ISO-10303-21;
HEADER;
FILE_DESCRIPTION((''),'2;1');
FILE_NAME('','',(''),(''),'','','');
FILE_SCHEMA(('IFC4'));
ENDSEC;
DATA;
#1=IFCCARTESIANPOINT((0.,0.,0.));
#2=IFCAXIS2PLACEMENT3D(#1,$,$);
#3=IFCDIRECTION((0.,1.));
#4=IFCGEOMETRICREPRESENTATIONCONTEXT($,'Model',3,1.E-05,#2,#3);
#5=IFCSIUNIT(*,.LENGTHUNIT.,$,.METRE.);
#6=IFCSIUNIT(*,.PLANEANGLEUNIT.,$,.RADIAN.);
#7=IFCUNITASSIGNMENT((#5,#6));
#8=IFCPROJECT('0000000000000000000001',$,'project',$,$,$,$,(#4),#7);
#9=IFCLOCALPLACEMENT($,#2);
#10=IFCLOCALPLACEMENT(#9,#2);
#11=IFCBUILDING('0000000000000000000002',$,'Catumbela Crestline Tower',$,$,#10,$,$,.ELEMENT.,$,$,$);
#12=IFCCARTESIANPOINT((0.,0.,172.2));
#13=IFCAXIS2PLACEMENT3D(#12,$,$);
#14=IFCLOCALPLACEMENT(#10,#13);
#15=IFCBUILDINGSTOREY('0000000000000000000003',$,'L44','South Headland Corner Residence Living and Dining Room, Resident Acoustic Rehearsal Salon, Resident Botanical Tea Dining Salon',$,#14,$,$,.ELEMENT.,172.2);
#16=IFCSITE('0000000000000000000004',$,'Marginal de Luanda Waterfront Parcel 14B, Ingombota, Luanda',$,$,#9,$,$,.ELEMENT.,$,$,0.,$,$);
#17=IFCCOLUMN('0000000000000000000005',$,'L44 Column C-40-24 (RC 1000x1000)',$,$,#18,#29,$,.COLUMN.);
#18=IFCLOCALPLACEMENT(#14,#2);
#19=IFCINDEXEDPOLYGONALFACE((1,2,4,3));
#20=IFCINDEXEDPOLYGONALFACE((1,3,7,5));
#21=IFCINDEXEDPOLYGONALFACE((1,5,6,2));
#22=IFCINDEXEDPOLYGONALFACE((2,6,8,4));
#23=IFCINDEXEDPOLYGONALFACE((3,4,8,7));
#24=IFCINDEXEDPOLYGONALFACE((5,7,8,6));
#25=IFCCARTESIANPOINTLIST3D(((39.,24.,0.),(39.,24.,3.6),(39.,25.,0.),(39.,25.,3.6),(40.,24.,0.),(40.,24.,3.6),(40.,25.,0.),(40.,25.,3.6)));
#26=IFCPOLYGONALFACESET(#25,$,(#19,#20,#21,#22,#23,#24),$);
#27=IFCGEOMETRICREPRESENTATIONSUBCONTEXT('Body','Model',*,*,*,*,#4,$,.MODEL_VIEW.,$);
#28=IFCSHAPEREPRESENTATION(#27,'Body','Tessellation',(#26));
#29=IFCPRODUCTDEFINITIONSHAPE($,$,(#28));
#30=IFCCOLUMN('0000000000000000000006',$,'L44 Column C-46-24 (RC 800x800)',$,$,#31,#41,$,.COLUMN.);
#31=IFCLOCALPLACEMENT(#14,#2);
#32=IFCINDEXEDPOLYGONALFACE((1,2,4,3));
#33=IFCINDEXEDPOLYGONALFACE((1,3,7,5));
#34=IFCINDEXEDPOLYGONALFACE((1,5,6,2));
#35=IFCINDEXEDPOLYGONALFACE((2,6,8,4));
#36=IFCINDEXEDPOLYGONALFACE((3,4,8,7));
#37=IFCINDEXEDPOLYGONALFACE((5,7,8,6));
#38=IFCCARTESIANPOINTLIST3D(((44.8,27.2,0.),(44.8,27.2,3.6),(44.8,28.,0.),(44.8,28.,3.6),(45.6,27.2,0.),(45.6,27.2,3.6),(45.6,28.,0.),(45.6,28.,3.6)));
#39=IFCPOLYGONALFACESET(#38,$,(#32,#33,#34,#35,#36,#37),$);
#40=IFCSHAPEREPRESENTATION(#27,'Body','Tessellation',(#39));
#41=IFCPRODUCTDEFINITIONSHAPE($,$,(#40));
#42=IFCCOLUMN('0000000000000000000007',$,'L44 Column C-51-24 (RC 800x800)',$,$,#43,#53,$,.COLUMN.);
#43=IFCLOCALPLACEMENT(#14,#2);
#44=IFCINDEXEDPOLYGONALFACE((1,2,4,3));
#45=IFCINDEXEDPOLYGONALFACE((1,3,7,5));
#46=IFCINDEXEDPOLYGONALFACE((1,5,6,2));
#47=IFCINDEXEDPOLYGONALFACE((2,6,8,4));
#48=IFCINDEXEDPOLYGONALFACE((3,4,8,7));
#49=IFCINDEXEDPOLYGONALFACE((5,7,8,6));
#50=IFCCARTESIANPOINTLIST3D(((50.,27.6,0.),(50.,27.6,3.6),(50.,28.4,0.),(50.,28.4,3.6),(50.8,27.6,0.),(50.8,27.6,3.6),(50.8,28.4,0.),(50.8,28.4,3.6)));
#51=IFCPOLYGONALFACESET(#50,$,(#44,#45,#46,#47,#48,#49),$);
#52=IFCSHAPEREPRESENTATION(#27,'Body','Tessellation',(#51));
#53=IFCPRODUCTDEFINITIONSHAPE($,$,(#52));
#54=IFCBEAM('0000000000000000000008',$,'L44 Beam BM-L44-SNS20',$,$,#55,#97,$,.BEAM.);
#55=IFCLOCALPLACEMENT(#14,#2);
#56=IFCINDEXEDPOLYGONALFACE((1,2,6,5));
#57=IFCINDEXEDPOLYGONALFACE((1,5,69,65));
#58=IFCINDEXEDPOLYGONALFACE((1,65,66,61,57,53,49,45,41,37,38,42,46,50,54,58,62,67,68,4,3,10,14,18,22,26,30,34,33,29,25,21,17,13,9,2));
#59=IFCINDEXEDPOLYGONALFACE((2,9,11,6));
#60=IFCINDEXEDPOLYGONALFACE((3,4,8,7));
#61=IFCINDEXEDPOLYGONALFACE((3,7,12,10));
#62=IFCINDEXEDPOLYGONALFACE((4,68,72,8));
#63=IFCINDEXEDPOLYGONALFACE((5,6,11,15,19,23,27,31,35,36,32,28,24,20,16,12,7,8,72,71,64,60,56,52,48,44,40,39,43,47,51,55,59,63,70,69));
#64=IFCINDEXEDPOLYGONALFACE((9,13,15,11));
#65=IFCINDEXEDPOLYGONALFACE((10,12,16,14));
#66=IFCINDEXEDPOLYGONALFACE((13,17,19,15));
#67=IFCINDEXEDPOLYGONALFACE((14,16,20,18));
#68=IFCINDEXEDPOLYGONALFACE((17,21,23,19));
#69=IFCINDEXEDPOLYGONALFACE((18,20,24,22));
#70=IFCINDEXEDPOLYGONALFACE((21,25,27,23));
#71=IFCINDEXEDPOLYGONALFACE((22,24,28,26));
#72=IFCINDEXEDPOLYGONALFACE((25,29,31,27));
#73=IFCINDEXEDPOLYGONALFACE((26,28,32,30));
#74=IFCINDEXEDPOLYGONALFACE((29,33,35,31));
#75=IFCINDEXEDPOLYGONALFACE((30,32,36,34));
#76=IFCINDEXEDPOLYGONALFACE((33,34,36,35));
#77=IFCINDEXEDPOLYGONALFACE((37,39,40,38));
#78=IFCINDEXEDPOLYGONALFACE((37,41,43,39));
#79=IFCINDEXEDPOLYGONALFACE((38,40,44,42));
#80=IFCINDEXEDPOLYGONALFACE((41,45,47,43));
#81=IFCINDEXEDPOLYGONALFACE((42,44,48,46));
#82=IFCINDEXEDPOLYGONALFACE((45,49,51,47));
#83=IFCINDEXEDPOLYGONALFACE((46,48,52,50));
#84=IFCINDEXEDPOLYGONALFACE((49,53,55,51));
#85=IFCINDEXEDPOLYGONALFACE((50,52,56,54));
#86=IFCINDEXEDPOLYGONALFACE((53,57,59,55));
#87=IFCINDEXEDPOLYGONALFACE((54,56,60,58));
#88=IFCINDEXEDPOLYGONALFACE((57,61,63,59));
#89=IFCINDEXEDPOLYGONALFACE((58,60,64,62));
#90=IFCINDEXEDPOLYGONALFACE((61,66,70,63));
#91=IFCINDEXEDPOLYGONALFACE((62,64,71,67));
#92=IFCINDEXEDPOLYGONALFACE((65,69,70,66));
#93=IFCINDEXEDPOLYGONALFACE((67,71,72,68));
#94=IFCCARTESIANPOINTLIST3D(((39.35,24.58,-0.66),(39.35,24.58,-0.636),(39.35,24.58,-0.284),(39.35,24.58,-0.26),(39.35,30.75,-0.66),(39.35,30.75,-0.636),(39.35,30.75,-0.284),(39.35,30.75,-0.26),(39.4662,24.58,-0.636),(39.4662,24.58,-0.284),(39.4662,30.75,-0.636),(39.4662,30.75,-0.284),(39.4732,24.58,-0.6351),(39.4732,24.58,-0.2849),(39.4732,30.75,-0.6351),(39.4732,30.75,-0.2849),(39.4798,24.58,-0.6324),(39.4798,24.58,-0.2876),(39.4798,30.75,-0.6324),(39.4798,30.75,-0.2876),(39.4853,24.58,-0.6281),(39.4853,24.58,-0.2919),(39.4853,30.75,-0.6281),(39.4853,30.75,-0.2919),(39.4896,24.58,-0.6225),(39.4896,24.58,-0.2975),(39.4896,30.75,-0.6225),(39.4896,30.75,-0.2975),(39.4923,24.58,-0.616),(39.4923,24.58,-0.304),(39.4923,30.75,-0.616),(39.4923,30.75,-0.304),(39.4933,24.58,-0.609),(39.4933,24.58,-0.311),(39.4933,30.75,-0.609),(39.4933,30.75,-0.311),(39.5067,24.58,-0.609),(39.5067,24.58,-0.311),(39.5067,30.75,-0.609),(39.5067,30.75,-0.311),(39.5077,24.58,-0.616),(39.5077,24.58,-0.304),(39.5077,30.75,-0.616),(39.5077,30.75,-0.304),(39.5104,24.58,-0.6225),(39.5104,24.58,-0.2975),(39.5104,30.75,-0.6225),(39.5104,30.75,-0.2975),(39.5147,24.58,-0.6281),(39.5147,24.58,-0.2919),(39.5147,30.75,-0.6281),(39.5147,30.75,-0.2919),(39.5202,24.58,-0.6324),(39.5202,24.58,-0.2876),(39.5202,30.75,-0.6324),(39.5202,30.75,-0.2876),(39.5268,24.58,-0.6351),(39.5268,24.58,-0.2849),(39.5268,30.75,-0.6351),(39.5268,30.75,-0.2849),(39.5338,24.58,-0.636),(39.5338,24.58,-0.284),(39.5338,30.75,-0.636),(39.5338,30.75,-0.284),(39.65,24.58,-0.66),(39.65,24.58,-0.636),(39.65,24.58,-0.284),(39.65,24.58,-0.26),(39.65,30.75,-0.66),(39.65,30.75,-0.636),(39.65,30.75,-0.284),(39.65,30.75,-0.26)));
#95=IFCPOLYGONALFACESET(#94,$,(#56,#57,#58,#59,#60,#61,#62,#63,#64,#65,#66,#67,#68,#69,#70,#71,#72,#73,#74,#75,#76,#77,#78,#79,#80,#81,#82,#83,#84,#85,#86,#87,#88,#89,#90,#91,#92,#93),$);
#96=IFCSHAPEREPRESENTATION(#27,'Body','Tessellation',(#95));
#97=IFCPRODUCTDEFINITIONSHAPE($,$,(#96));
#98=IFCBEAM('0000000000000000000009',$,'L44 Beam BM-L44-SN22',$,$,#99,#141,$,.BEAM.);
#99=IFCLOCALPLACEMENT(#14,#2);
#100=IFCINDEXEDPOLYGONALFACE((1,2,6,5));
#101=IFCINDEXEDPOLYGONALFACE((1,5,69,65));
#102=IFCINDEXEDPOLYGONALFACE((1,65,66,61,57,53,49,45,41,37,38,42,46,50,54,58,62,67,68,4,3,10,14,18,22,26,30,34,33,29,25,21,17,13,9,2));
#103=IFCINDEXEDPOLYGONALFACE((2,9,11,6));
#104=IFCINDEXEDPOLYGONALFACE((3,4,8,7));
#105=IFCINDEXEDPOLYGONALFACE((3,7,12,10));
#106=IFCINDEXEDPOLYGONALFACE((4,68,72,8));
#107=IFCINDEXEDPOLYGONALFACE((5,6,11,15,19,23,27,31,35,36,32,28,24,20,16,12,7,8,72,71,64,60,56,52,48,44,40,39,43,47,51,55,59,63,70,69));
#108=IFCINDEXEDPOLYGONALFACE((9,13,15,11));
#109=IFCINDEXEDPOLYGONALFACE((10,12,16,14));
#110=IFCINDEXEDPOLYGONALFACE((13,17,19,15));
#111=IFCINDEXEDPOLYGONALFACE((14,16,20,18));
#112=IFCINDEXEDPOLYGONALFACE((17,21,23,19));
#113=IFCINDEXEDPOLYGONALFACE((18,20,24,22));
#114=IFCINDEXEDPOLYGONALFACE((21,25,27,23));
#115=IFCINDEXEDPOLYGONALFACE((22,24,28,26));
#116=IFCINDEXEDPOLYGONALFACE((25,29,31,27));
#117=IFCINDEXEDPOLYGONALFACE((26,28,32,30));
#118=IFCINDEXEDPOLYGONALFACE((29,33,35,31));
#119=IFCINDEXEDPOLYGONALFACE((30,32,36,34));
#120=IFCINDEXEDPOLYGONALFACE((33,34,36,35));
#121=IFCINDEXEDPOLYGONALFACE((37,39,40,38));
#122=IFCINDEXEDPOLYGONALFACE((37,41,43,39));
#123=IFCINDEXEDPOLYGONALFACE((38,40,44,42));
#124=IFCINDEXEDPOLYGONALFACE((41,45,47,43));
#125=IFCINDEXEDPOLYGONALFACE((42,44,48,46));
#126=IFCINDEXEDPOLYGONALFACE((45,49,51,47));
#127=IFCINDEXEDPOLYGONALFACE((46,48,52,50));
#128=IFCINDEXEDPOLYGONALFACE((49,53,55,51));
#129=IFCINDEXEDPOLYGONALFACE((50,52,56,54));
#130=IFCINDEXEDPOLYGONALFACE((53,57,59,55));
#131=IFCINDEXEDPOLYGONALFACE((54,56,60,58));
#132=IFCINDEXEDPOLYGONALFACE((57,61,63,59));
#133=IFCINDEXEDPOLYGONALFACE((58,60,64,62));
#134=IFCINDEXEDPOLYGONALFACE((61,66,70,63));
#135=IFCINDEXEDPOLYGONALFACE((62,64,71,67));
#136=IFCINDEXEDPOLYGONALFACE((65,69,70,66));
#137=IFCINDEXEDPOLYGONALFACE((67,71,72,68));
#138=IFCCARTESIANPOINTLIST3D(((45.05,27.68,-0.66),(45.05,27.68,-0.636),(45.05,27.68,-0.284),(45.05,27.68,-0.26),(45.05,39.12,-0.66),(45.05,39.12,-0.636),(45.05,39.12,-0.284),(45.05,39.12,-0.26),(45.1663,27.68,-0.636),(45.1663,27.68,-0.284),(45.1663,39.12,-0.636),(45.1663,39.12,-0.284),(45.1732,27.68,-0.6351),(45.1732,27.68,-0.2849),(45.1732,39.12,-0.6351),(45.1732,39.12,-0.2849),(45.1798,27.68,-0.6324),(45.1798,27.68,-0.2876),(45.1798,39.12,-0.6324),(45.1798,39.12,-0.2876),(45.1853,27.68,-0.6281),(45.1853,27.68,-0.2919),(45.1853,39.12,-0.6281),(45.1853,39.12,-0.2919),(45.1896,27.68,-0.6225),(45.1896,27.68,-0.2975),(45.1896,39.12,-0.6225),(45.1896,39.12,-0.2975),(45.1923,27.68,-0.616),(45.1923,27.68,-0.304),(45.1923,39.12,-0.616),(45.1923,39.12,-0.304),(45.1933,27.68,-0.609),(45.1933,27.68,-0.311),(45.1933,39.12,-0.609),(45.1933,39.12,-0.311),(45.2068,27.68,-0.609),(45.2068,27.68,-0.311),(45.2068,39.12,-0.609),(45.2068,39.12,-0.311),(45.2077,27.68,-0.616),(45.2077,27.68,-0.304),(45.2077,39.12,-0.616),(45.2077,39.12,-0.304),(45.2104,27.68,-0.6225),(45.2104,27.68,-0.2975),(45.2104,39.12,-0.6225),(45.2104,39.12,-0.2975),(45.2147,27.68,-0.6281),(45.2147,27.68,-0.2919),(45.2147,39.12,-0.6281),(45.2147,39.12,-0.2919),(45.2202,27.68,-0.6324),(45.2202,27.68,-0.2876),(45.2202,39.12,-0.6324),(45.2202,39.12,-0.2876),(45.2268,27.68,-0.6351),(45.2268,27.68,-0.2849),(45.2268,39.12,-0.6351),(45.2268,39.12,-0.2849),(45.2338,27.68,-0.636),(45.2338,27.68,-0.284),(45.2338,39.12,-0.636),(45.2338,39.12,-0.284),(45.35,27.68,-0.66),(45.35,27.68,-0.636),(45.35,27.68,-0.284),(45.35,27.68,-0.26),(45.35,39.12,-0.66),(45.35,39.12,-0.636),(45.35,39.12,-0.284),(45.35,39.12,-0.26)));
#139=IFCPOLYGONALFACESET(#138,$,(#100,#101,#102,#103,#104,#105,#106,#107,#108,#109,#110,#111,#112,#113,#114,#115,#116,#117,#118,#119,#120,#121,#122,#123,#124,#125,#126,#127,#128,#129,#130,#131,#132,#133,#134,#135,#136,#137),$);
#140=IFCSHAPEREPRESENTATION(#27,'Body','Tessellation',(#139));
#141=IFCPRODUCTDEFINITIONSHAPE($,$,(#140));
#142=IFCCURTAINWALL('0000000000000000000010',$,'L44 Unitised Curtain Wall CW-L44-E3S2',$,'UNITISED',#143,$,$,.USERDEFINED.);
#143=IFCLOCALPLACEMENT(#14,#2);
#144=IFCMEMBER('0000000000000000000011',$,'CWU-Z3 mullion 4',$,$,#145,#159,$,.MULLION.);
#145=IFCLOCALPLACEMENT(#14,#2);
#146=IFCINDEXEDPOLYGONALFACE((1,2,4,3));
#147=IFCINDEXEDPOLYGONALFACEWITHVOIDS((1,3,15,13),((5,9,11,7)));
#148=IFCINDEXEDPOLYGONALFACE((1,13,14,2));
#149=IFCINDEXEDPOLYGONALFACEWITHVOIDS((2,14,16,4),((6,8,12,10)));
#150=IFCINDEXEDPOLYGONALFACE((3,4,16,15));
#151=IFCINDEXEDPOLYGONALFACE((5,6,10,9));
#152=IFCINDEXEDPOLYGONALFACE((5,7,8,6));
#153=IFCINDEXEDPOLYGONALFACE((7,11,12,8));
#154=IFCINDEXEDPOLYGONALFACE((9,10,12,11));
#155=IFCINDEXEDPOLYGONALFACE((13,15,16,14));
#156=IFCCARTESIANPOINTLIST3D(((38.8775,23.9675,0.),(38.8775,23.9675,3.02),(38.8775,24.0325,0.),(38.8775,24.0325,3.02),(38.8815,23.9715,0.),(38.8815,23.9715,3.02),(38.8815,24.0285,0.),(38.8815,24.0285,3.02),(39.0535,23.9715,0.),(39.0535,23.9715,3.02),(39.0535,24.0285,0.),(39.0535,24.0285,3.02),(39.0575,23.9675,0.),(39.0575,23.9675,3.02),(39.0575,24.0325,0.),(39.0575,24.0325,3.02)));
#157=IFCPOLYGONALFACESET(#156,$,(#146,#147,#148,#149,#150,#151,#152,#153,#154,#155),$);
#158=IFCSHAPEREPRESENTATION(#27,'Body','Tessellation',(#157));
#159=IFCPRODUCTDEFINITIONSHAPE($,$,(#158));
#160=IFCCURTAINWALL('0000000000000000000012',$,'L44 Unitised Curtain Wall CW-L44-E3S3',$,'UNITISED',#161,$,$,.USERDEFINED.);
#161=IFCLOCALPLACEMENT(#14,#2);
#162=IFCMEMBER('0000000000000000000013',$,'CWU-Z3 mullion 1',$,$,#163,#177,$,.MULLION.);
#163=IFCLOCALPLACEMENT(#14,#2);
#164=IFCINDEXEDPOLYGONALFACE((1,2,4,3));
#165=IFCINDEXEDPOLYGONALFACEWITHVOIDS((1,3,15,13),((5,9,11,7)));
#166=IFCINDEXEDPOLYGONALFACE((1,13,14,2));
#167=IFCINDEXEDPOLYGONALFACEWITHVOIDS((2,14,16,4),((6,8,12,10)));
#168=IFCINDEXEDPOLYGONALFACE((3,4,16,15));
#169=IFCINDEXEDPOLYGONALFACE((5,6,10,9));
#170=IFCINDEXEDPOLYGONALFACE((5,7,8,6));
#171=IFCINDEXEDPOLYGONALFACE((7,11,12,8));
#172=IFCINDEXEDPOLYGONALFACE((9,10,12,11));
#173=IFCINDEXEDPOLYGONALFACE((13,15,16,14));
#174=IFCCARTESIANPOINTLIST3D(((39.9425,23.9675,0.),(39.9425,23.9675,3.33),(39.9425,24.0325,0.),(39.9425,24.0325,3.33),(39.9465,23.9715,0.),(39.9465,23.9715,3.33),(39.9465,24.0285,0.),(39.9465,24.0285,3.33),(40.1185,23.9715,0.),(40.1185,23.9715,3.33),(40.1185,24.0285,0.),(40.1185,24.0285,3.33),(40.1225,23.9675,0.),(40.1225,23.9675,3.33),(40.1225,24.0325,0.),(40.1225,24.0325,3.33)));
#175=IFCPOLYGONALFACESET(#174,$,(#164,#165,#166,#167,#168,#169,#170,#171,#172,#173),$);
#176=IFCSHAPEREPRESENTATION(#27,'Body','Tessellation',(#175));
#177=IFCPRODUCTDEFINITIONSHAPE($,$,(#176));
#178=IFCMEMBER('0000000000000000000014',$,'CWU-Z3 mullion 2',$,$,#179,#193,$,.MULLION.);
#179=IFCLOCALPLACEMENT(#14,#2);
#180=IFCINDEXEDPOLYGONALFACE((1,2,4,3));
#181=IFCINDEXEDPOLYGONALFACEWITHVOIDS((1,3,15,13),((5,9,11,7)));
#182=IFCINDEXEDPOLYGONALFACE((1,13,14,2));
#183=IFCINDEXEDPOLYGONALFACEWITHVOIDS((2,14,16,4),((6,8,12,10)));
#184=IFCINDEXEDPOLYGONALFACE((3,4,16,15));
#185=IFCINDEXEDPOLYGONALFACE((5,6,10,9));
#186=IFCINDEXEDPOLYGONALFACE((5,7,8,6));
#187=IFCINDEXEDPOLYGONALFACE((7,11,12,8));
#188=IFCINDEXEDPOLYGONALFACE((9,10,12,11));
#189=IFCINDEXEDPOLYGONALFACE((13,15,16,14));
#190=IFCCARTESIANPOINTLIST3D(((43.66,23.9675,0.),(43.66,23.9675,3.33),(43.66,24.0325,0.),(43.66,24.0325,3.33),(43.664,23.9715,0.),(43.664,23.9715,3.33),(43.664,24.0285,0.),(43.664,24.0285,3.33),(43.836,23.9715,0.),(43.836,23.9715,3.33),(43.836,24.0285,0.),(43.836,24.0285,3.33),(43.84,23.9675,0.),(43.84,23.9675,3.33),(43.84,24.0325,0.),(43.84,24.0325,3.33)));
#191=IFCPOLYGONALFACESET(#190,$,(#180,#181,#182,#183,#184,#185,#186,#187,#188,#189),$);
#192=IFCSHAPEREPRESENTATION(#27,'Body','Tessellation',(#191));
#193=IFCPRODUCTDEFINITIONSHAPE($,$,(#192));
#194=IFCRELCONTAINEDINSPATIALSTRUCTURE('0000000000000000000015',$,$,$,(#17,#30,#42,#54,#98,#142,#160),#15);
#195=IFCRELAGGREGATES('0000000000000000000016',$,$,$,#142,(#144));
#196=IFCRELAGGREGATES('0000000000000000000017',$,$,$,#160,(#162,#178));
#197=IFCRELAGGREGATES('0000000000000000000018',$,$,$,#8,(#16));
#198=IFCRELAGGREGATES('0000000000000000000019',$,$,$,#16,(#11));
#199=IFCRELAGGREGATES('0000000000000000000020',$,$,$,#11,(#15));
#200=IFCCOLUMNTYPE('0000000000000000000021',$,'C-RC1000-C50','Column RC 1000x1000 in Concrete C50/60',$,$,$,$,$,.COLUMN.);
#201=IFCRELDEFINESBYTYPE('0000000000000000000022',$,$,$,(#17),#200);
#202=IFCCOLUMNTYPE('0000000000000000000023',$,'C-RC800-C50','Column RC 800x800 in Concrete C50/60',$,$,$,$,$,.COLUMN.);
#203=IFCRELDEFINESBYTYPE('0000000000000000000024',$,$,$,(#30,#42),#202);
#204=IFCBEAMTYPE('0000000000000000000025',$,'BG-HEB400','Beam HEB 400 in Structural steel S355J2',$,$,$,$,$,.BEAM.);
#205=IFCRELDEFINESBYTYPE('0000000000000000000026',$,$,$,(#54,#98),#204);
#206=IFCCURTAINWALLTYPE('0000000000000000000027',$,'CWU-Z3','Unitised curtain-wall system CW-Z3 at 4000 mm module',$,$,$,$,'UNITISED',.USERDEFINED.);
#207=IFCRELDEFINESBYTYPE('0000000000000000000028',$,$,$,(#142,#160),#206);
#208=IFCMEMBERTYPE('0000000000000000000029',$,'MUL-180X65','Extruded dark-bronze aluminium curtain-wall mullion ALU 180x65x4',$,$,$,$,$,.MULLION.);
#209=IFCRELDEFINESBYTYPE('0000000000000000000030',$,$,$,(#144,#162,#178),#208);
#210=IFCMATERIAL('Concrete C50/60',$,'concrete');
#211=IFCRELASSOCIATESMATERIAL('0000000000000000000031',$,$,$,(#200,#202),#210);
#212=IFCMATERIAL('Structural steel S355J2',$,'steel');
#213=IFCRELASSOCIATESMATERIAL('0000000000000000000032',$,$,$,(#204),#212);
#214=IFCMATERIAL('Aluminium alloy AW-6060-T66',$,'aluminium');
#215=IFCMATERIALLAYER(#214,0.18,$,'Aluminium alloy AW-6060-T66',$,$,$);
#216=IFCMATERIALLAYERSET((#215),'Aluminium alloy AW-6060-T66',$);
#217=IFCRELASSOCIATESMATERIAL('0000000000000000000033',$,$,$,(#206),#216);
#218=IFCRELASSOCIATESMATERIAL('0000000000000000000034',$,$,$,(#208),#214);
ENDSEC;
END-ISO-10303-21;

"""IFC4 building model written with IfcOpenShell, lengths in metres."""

from ifc_helpers import new_model, si_unit, direction, frame, origin, origin_2d, place, context, subcontext, project, spatial, rectangle, hollow_rectangle, i_section, extrude, material, layer, layer_set, material_profile, profile_set, type_object, element, aggregate, save


model = new_model("IFC4")

# Units and contexts
model_context = context("Model", 3, precision=1e-05, world=origin(), true_north=direction((0.0, 1.0)))
body_context = subcontext(model_context, "Body", "Model", "MODEL_VIEW")
ifc_project = project(units=[si_unit("LENGTHUNIT", "METRE"), si_unit("PLANEANGLEUNIT", "RADIAN")], contexts=[model_context])

# Site, building, storey
site_placement = place(None, origin())
site = spatial("IfcSite", under=ifc_project, at=site_placement, Name="Marginal de Luanda Waterfront Parcel 14B, Ingombota, Luanda", CompositionType="ELEMENT", RefElevation=0.0)
building_placement = place(site_placement, origin())
building = spatial("IfcBuilding", under=site, at=building_placement, Name="Catumbela Crestline Tower", CompositionType="ELEMENT")
storey_placement = place(building_placement, frame((0.0, 0.0, 172.2)))
storey = spatial("IfcBuildingStorey", under=building, at=storey_placement, Name="L44", Description="South Headland Corner Residence Living and Dining Room, Resident Acoustic Rehearsal Salon, Resident Botanical Tea Dining Salon", CompositionType="ELEMENT", Elevation=172.2)

# Columns
ifc_material_1 = material(Name="Concrete C50/60", Category="concrete")
ifc_material_profile_1 = material_profile(ifc_material_1, rectangle(XDim=1.0, YDim=1.0, at=origin_2d()), Name="RC 1000x1000")
ifc_profile_set_1 = profile_set([ifc_material_profile_1], Name="Concrete C50/60")
column_type_1 = type_object("IfcColumnType", Name="C-RC1000-C50", Description="Column RC 1000x1000 in Concrete C50/60", PredefinedType="COLUMN", material=ifc_profile_set_1)
column_placement = place(storey_placement, frame((39.5, 24.5, 0.0), z_axis=(0.0, 0.0, 1.0), x_axis=(1.0, 0.0, 0.0)))
element("IfcColumn", 1, at=column_placement, inside=storey, type_object=column_type_1, Name="L44 Column C-40-24 (RC 1000x1000)", PredefinedType="COLUMN", context=body_context, shape_type="SweptSolid", body=[
    extrude(rectangle(XDim=1.0, YDim=1.0, at=origin_2d()), origin(), (0.0, 0.0, 1.0), 3.6),
])
ifc_material_profile_2 = material_profile(ifc_material_1, rectangle(XDim=0.8, YDim=0.8, at=origin_2d()), Name="RC 800x800")
ifc_profile_set_2 = profile_set([ifc_material_profile_2], Name="Concrete C50/60")
column_type_2 = type_object("IfcColumnType", Name="C-RC800-C50", Description="Column RC 800x800 in Concrete C50/60", PredefinedType="COLUMN", material=ifc_profile_set_2)
for number, where, z_axis, x_axis, name in (
    (2, (45.2, 27.6, 0.0), (0.0, 0.0, 1.0), (1.0, 0.0, 0.0), "L44 Column C-46-24 (RC 800x800)"),
    (3, (50.4, 28.0, 0.0), (0.0, 0.0, 1.0), (1.0, 0.0, 0.0), "L44 Column C-51-24 (RC 800x800)"),
):
    element("IfcColumn", number, at=place(storey_placement, frame(where, z_axis=z_axis, x_axis=x_axis)), inside=storey, type_object=column_type_2, Name=name, PredefinedType="COLUMN", context=body_context, shape_type="SweptSolid", body=[
        extrude(rectangle(XDim=0.8, YDim=0.8, at=origin_2d()), origin(), (0.0, 0.0, 1.0), 3.6),
    ])

# Beams
ifc_material_2 = material(Name="Structural steel S355J2", Category="steel")
ifc_material_profile_3 = material_profile(ifc_material_2, i_section(OverallWidth=0.3, OverallDepth=0.4, WebThickness=0.0135, FlangeThickness=0.024, FilletRadius=0.027, at=origin_2d()), Name="HEB 400")
ifc_profile_set_3 = profile_set([ifc_material_profile_3], Name="Structural steel S355J2")
beam_type = type_object("IfcBeamType", Name="BG-HEB400", Description="Beam HEB 400 in Structural steel S355J2", PredefinedType="BEAM", material=ifc_profile_set_3)
beam_1_placement = place(storey_placement, frame((39.5, 24.58, -0.46), z_axis=(0.0, 1.0, 0.0), x_axis=(-1.0, 0.0, 0.0)))
element("IfcBeam", 4, at=beam_1_placement, inside=storey, type_object=beam_type, Name="L44 Beam BM-L44-SNS20", PredefinedType="BEAM", context=body_context, shape_type="SweptSolid", body=[
    extrude(i_section(OverallWidth=0.3, OverallDepth=0.4, WebThickness=0.0135, FlangeThickness=0.024, FilletRadius=0.027, at=origin_2d()), origin(), (0.0, 0.0, 1.0), 6.17),
])
beam_2_placement = place(storey_placement, frame((45.2, 27.68, -0.46), z_axis=(0.0, 1.0, 0.0), x_axis=(-1.0, 0.0, 0.0)))
element("IfcBeam", 5, at=beam_2_placement, inside=storey, type_object=beam_type, Name="L44 Beam BM-L44-SN22", PredefinedType="BEAM", context=body_context, shape_type="SweptSolid", body=[
    extrude(i_section(OverallWidth=0.3, OverallDepth=0.4, WebThickness=0.0135, FlangeThickness=0.024, FilletRadius=0.027, at=origin_2d()), origin(), (0.0, 0.0, 1.0), 11.44),
])

# Curtain wall, member
ifc_material_3 = material(Name="Aluminium alloy AW-6060-T66", Category="aluminium")
ifc_layer_1 = layer(ifc_material_3, 0.18, Name="Aluminium alloy AW-6060-T66")
ifc_layer_set_1 = layer_set([ifc_layer_1], Name="Aluminium alloy AW-6060-T66")
curtain_wall_type = type_object("IfcCurtainWallType", Name="CWU-Z3", Description="Unitised curtain-wall system CW-Z3 at 4000 mm module", ElementType="UNITISED", PredefinedType="USERDEFINED", material=ifc_layer_set_1)
curtain_wall_1_placement = place(storey_placement, origin())
curtain_wall_1 = element("IfcCurtainWall", 6, at=curtain_wall_1_placement, inside=storey, type_object=curtain_wall_type, Name="L44 Unitised Curtain Wall CW-L44-E3S2", ObjectType="UNITISED", PredefinedType="USERDEFINED")
ifc_material_profile_4 = material_profile(ifc_material_3, hollow_rectangle(XDim=0.065, YDim=0.18, WallThickness=0.004, at=origin_2d()), Name="ALU 180x65x4")
ifc_profile_set_4 = profile_set([ifc_material_profile_4], Name="Aluminium alloy AW-6060-T66")
member_type_1 = type_object("IfcMemberType", Name="MUL-180X65", Description="Extruded dark-bronze aluminium curtain-wall mullion ALU 180x65x4", PredefinedType="MULLION", material=ifc_profile_set_4)
member_1_placement = place(storey_placement, frame((38.9675, 24.0, 0.0), z_axis=(0.0, 0.0, 1.0), x_axis=(0.0, 1.0, 0.0)))
member_1 = element("IfcMember", 7, at=member_1_placement, type_object=member_type_1, Name="CWU-Z3 mullion 4", PredefinedType="MULLION", context=body_context, shape_type="SweptSolid", body=[
    extrude(hollow_rectangle(XDim=0.065, YDim=0.18, WallThickness=0.004, at=origin_2d()), origin(), (0.0, 0.0, 1.0), 3.02),
])
aggregate(curtain_wall_1, [member_1])

# Curtain wall, members
curtain_wall_2_placement = place(storey_placement, origin())
curtain_wall_2 = element("IfcCurtainWall", 8, at=curtain_wall_2_placement, inside=storey, type_object=curtain_wall_type, Name="L44 Unitised Curtain Wall CW-L44-E3S3", ObjectType="UNITISED", PredefinedType="USERDEFINED")
member_2_placement = place(storey_placement, frame((40.0325, 24.0, 0.0), z_axis=(0.0, 0.0, 1.0), x_axis=(0.0, 1.0, 0.0)))
member_2 = element("IfcMember", 9, at=member_2_placement, type_object=member_type_1, Name="CWU-Z3 mullion 1", PredefinedType="MULLION", context=body_context, shape_type="SweptSolid", body=[
    extrude(hollow_rectangle(XDim=0.065, YDim=0.18, WallThickness=0.004, at=origin_2d()), origin(), (0.0, 0.0, 1.0), 3.33),
])
member_3_placement = place(storey_placement, frame((43.75, 24.0, 0.0), z_axis=(0.0, 0.0, 1.0), x_axis=(0.0, 1.0, 0.0)))
member_3 = element("IfcMember", 10, at=member_3_placement, type_object=member_type_1, Name="CWU-Z3 mullion 2", PredefinedType="MULLION", context=body_context, shape_type="SweptSolid", body=[
    extrude(hollow_rectangle(XDim=0.065, YDim=0.18, WallThickness=0.004, at=origin_2d()), origin(), (0.0, 0.0, 1.0), 3.33),
])
aggregate(curtain_wall_2, [member_2, member_3])

save(model, "model.ifc")
